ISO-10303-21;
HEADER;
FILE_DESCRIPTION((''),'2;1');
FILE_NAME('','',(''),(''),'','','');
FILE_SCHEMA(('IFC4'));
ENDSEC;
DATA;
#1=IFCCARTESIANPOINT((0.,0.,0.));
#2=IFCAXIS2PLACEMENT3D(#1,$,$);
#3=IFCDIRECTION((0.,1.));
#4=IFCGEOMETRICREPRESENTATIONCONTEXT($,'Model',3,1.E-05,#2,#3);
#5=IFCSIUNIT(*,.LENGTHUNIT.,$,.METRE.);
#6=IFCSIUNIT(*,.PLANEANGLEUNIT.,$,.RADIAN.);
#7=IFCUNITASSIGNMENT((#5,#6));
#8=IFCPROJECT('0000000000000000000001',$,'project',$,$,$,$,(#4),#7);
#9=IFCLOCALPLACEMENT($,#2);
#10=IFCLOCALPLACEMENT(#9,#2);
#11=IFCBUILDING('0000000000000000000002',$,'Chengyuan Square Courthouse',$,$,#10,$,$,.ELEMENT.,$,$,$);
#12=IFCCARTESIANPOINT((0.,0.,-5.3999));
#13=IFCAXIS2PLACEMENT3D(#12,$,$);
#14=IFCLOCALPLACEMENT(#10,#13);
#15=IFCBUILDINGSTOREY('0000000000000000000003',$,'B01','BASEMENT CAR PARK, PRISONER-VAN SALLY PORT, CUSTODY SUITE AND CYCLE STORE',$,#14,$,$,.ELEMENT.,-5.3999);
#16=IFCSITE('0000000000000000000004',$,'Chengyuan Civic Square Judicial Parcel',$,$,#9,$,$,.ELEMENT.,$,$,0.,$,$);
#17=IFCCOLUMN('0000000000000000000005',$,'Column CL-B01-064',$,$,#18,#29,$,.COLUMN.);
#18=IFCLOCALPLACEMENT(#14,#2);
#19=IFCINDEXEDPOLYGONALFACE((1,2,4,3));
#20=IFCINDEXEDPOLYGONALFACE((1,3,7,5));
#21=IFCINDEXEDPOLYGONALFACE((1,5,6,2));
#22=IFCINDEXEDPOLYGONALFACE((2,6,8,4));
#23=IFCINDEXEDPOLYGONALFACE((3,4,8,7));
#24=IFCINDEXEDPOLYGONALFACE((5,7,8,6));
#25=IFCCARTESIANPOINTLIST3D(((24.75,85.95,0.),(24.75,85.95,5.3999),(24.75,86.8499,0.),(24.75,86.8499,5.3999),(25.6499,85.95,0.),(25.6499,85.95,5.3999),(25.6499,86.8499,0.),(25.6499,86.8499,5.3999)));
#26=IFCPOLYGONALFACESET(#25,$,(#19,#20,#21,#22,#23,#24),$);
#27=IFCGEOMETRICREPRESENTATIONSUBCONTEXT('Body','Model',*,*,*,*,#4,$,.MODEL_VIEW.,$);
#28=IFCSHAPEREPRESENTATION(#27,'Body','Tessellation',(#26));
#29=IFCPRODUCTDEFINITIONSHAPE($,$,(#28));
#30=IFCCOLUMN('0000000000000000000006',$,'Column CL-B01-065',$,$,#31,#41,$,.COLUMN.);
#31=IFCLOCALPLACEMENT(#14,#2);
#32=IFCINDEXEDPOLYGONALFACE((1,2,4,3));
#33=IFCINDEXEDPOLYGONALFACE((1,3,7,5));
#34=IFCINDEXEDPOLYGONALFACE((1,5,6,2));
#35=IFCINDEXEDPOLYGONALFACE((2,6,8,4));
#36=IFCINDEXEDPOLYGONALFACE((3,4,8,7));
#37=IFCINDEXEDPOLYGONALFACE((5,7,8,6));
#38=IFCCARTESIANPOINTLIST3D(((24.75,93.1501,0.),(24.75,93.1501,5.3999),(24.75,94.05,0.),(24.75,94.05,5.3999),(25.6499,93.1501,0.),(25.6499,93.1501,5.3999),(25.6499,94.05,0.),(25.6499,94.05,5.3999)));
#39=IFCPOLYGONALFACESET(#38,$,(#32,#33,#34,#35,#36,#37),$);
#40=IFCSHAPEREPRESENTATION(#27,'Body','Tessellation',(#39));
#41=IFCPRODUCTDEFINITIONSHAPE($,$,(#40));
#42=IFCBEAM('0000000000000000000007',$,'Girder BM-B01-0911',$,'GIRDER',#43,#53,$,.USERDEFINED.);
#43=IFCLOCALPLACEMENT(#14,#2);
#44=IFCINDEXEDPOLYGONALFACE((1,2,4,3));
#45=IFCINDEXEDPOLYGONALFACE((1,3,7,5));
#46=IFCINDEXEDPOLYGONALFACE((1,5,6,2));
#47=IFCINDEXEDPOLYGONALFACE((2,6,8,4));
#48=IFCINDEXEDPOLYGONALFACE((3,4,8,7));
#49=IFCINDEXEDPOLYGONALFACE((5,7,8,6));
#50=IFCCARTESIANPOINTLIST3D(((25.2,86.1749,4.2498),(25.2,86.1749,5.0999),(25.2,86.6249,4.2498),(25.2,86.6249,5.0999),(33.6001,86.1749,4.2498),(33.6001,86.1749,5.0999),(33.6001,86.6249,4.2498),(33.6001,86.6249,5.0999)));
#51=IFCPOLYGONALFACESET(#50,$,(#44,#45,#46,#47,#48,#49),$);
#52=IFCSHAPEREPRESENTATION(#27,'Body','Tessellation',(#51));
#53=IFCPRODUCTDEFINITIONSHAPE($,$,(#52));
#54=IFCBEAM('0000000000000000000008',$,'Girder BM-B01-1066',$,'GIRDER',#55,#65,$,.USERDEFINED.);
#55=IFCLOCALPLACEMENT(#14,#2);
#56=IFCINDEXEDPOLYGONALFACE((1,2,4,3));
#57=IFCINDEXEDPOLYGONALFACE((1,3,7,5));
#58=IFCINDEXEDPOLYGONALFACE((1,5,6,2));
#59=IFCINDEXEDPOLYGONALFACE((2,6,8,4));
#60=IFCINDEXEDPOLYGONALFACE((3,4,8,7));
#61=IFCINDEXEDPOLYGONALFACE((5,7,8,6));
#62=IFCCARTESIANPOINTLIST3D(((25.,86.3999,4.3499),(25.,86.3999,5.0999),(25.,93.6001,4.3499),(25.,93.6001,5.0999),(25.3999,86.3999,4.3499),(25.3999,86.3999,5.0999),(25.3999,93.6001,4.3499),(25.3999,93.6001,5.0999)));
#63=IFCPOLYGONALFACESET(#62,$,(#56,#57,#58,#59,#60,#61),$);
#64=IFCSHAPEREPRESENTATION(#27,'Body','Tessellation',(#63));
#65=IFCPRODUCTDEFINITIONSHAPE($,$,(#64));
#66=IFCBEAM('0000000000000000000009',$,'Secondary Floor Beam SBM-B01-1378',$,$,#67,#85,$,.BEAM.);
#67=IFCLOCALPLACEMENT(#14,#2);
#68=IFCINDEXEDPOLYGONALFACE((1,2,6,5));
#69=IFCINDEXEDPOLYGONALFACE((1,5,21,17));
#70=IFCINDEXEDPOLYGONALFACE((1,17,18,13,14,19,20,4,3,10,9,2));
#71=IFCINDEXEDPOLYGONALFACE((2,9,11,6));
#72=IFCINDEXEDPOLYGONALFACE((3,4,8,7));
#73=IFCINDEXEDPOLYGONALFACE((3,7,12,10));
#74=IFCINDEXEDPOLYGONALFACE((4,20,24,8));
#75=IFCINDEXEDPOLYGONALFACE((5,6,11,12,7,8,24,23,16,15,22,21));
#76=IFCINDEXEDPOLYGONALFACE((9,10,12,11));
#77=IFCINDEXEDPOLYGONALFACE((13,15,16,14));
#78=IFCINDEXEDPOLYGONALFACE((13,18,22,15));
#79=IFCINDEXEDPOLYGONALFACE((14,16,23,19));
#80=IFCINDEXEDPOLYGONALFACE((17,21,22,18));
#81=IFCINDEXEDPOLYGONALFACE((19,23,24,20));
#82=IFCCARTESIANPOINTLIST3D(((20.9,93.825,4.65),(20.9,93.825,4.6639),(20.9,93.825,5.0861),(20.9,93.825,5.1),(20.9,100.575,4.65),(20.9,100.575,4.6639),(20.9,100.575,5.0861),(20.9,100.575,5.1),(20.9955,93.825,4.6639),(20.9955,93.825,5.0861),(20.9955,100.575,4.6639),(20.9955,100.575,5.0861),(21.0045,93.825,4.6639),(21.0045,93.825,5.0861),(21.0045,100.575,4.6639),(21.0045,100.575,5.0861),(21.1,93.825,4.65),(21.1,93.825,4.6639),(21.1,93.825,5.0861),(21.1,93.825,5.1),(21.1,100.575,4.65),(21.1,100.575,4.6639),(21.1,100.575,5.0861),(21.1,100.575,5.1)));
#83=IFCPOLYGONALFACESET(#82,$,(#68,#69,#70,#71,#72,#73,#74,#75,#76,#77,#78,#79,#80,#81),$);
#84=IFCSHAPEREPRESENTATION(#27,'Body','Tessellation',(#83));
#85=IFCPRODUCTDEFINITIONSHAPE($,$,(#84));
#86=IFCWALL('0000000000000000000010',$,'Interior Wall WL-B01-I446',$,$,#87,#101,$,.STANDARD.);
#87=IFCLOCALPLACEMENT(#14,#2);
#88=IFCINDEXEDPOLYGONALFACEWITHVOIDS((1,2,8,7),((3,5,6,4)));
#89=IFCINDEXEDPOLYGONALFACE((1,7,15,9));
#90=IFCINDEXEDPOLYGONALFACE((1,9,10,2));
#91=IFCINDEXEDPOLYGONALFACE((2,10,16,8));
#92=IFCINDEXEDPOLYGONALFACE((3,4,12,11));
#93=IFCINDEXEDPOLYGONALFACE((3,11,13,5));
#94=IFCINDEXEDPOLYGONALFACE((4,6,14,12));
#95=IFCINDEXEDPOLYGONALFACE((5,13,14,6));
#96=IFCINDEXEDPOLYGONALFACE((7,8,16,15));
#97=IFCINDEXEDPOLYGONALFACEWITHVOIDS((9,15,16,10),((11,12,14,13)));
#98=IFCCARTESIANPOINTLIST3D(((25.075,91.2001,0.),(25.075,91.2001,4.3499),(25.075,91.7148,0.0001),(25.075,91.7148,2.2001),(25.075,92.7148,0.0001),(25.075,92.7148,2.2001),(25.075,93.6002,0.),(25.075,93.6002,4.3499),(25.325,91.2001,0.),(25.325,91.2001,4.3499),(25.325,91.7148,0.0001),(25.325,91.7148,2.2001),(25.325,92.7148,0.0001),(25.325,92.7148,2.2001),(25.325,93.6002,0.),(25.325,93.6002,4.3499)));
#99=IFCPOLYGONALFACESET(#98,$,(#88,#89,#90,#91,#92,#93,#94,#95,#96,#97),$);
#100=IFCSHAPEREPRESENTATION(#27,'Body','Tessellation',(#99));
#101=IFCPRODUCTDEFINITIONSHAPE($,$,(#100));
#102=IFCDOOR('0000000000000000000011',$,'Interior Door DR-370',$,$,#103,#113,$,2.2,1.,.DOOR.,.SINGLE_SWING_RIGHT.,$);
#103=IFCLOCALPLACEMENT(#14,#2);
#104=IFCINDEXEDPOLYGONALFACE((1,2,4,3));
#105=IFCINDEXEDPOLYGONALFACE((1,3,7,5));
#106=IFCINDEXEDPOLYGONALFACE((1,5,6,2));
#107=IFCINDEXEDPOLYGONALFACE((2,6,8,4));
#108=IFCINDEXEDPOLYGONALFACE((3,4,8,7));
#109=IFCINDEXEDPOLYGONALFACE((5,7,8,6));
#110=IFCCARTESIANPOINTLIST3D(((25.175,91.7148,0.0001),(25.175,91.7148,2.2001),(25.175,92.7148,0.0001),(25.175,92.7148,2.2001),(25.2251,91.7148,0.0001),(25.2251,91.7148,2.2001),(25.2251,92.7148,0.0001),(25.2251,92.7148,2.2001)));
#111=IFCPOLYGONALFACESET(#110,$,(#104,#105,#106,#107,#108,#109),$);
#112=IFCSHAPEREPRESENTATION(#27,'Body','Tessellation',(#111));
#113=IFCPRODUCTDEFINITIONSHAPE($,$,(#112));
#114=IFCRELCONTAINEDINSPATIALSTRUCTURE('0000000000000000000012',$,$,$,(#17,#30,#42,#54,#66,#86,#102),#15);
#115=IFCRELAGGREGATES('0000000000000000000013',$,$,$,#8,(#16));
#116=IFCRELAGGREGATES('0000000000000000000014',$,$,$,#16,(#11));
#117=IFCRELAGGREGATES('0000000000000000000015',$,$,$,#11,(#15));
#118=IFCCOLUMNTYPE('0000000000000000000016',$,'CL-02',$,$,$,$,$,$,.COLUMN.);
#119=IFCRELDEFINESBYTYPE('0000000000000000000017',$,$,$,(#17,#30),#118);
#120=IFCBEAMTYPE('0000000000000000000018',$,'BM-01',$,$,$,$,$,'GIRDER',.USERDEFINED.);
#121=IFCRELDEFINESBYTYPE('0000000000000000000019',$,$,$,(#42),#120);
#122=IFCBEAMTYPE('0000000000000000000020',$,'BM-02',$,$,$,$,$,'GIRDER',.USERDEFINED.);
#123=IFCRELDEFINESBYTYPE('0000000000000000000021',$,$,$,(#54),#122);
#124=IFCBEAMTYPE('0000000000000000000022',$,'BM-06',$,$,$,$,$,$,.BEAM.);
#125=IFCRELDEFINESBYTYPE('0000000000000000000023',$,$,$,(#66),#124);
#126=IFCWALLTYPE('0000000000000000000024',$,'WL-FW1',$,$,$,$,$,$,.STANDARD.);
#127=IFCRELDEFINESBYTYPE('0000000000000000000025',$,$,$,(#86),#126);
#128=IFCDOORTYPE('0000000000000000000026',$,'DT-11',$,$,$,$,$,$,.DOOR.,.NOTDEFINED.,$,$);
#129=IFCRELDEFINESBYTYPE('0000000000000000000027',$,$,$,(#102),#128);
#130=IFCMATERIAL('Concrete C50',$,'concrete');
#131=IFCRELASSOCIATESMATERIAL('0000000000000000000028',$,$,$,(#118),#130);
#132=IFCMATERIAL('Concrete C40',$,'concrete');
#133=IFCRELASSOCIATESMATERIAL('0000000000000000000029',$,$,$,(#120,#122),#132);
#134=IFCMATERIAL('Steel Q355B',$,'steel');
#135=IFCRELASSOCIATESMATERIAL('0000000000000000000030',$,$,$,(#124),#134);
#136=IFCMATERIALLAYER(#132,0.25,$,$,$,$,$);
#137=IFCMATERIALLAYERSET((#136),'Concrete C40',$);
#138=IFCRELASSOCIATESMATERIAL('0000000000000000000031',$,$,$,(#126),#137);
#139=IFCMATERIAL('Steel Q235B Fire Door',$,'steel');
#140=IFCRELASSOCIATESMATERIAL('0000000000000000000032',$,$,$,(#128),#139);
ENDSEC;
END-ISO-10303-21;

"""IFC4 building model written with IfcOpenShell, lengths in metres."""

from ifc_helpers import new_model, si_unit, direction, frame, frame_2d, origin, origin_2d, place, context, subcontext, project, spatial, rectangle, i_section, extrude, material, layer, layer_set, material_profile, profile_set, type_object, element, fill, save


model = new_model("IFC4")

# Units and contexts
model_context = context("Model", 3, precision=1e-05, world=origin(), true_north=direction((0.0, 1.0)))
body_context = subcontext(model_context, "Body", "Model", "MODEL_VIEW")
ifc_project = project(units=[si_unit("LENGTHUNIT", "METRE"), si_unit("PLANEANGLEUNIT", "RADIAN")], contexts=[model_context])

# Site, building, storey
site_placement = place(None, origin())
site = spatial("IfcSite", under=ifc_project, at=site_placement, Name="Chengyuan Civic Square Judicial Parcel", CompositionType="ELEMENT", RefElevation=0.0)
building_placement = place(site_placement, origin())
building = spatial("IfcBuilding", under=site, at=building_placement, Name="Chengyuan Square Courthouse", CompositionType="ELEMENT")
storey_placement = place(building_placement, frame((0.0, 0.0, -5.3999)))
storey = spatial("IfcBuildingStorey", under=building, at=storey_placement, Name="B01", Description="BASEMENT CAR PARK, PRISONER-VAN SALLY PORT, CUSTODY SUITE AND CYCLE STORE", CompositionType="ELEMENT", Elevation=-5.3999)

# Columns
ifc_material_1 = material(Name="Concrete C50", Category="concrete")
ifc_material_profile_1 = material_profile(ifc_material_1, rectangle(XDim=0.8999, YDim=0.8999, at=origin_2d()), Name="RC-COL-900x900")
ifc_profile_set_1 = profile_set([ifc_material_profile_1], Name="Concrete C50")
column_type = type_object("IfcColumnType", Name="CL-02", PredefinedType="COLUMN", material=ifc_profile_set_1)
for number, where, z_axis, x_axis, name in (
    (1, (25.2, 86.3999, 0.0), (0.0, 0.0, 1.0), (1.0, 0.0, 0.0), "Column CL-B01-064"),
    (2, (25.2, 93.6001, 0.0), (0.0, 0.0, 1.0), (1.0, 0.0, 0.0), "Column CL-B01-065"),
):
    element("IfcColumn", number, at=place(storey_placement, frame(where, z_axis=z_axis, x_axis=x_axis)), inside=storey, type_object=column_type, Name=name, PredefinedType="COLUMN", context=body_context, shape_type="SweptSolid", body=[
        extrude(rectangle(XDim=0.8999, YDim=0.8999, at=origin_2d()), origin(), (0.0, 0.0, 1.0), 5.3999),
    ])

# Beams
ifc_material_2 = material(Name="Concrete C40", Category="concrete")
ifc_material_profile_2 = material_profile(ifc_material_2, rectangle(XDim=0.45, YDim=0.8501, at=origin_2d()), Name="RC-BM-450x850")
ifc_profile_set_2 = profile_set([ifc_material_profile_2], Name="Concrete C40")
beam_type_1 = type_object("IfcBeamType", Name="BM-01", ElementType="GIRDER", PredefinedType="USERDEFINED", material=ifc_profile_set_2)
beam_1_placement = place(storey_placement, frame((25.2, 86.3999, 4.6748), z_axis=(1.0, 0.0, 0.0), x_axis=(0.0, 1.0, 0.0)))
element("IfcBeam", 3, at=beam_1_placement, inside=storey, type_object=beam_type_1, Name="Girder BM-B01-0911", ObjectType="GIRDER", PredefinedType="USERDEFINED", context=body_context, shape_type="SweptSolid", body=[
    extrude(rectangle(XDim=0.45, YDim=0.8501, at=origin_2d()), origin(), (0.0, 0.0, 1.0), 8.4001),
])
ifc_material_profile_3 = material_profile(ifc_material_2, rectangle(XDim=0.3999, YDim=0.75, at=origin_2d()), Name="RC-BM-400x750")
ifc_profile_set_3 = profile_set([ifc_material_profile_3], Name="Concrete C40")
beam_type_2 = type_object("IfcBeamType", Name="BM-02", ElementType="GIRDER", PredefinedType="USERDEFINED", material=ifc_profile_set_3)
beam_2_placement = place(storey_placement, frame((25.2, 86.3999, 4.7249), z_axis=(0.0, 1.0, 0.0), x_axis=(-1.0, 0.0, 0.0)))
element("IfcBeam", 4, at=beam_2_placement, inside=storey, type_object=beam_type_2, Name="Girder BM-B01-1066", ObjectType="GIRDER", PredefinedType="USERDEFINED", context=body_context, shape_type="SweptSolid", body=[
    extrude(rectangle(XDim=0.3999, YDim=0.75, at=origin_2d()), origin(), (0.0, 0.0, 1.0), 7.2002),
])
ifc_material_3 = material(Name="Steel Q355B", Category="steel")
ifc_material_profile_4 = material_profile(ifc_material_3, i_section(OverallWidth=0.2, OverallDepth=0.45, WebThickness=0.009, FlangeThickness=0.0139, at=origin_2d()), Name="HN 450x200x9x14")
ifc_profile_set_4 = profile_set([ifc_material_profile_4], Name="Steel Q355B")
beam_type_3 = type_object("IfcBeamType", Name="BM-06", PredefinedType="BEAM", material=ifc_profile_set_4)
beam_3_placement = place(storey_placement, frame((21.0, 93.825, 4.875), z_axis=(0.0, 1.0, 0.0), x_axis=(-1.0, 0.0, 0.0)))
element("IfcBeam", 5, at=beam_3_placement, inside=storey, type_object=beam_type_3, Name="Secondary Floor Beam SBM-B01-1378", PredefinedType="BEAM", context=body_context, shape_type="SweptSolid", body=[
    extrude(i_section(OverallWidth=0.2, OverallDepth=0.45, WebThickness=0.009, FlangeThickness=0.0139, at=origin_2d()), origin(), (0.0, 0.0, 1.0), 6.75),
])

# Wall, opening, door
ifc_layer_1 = layer(ifc_material_2, 0.25)
ifc_layer_set_1 = layer_set([ifc_layer_1], Name="Concrete C40")
wall_type_1 = type_object("IfcWallType", Name="WL-FW1", PredefinedType="STANDARD", material=ifc_layer_set_1)
wall_1_placement = place(storey_placement, frame((25.2, 91.2, 0.0), z_axis=(0.0, 0.0, 1.0), x_axis=(0.0, 1.0, 0.0)))
wall_1 = element("IfcWall", 6, at=wall_1_placement, inside=storey, type_object=wall_type_1, Name="Interior Wall WL-B01-I446", PredefinedType="STANDARD", context=body_context, shape_type="SweptSolid", body=[
    extrude(rectangle(XDim=2.4001, YDim=0.25, at=frame_2d((1.2002, 0.0))), origin(), (0.0, 0.0, 1.0), 4.3499),
])
opening_1_placement = place(wall_1_placement, frame((0.5149, 0.0, 0.0)))
opening_1 = element("IfcOpeningElement", 7, at=opening_1_placement, cuts=wall_1, PredefinedType="OPENING", context=body_context, shape_type="SweptSolid", body=[
    extrude(rectangle(XDim=1.0, YDim=2.2, at=frame_2d((0.5, 1.1001))), frame((0.0, 0.137, 0.0), z_axis=(0.0, -1.0, 0.0), x_axis=(1.0, 0.0, 0.0)), (0.0, 0.0, 1.0), 0.2739),
])
ifc_material_4 = material(Name="Steel Q235B Fire Door", Category="steel")
door_type_1 = type_object("IfcDoorType", Name="DT-11", OperationType="NOTDEFINED", PredefinedType="DOOR", material=ifc_material_4)
door_1_placement = place(opening_1_placement, origin())
door_1 = element("IfcDoor", 8, at=door_1_placement, inside=storey, type_object=door_type_1, Name="Interior Door DR-370", OperationType="SINGLE_SWING_RIGHT", OverallHeight=2.2, OverallWidth=1.0, PredefinedType="DOOR", context=body_context, shape_type="SweptSolid", body=[
    extrude(rectangle(XDim=1.0, YDim=2.2, at=frame_2d((0.5, 1.1001))), frame((0.0, 0.0249, 0.0), z_axis=(0.0, -1.0, 0.0), x_axis=(1.0, 0.0, 0.0)), (0.0, 0.0, 1.0), 0.05),
])
fill(opening_1, door_1)

save(model, "model.ifc")
